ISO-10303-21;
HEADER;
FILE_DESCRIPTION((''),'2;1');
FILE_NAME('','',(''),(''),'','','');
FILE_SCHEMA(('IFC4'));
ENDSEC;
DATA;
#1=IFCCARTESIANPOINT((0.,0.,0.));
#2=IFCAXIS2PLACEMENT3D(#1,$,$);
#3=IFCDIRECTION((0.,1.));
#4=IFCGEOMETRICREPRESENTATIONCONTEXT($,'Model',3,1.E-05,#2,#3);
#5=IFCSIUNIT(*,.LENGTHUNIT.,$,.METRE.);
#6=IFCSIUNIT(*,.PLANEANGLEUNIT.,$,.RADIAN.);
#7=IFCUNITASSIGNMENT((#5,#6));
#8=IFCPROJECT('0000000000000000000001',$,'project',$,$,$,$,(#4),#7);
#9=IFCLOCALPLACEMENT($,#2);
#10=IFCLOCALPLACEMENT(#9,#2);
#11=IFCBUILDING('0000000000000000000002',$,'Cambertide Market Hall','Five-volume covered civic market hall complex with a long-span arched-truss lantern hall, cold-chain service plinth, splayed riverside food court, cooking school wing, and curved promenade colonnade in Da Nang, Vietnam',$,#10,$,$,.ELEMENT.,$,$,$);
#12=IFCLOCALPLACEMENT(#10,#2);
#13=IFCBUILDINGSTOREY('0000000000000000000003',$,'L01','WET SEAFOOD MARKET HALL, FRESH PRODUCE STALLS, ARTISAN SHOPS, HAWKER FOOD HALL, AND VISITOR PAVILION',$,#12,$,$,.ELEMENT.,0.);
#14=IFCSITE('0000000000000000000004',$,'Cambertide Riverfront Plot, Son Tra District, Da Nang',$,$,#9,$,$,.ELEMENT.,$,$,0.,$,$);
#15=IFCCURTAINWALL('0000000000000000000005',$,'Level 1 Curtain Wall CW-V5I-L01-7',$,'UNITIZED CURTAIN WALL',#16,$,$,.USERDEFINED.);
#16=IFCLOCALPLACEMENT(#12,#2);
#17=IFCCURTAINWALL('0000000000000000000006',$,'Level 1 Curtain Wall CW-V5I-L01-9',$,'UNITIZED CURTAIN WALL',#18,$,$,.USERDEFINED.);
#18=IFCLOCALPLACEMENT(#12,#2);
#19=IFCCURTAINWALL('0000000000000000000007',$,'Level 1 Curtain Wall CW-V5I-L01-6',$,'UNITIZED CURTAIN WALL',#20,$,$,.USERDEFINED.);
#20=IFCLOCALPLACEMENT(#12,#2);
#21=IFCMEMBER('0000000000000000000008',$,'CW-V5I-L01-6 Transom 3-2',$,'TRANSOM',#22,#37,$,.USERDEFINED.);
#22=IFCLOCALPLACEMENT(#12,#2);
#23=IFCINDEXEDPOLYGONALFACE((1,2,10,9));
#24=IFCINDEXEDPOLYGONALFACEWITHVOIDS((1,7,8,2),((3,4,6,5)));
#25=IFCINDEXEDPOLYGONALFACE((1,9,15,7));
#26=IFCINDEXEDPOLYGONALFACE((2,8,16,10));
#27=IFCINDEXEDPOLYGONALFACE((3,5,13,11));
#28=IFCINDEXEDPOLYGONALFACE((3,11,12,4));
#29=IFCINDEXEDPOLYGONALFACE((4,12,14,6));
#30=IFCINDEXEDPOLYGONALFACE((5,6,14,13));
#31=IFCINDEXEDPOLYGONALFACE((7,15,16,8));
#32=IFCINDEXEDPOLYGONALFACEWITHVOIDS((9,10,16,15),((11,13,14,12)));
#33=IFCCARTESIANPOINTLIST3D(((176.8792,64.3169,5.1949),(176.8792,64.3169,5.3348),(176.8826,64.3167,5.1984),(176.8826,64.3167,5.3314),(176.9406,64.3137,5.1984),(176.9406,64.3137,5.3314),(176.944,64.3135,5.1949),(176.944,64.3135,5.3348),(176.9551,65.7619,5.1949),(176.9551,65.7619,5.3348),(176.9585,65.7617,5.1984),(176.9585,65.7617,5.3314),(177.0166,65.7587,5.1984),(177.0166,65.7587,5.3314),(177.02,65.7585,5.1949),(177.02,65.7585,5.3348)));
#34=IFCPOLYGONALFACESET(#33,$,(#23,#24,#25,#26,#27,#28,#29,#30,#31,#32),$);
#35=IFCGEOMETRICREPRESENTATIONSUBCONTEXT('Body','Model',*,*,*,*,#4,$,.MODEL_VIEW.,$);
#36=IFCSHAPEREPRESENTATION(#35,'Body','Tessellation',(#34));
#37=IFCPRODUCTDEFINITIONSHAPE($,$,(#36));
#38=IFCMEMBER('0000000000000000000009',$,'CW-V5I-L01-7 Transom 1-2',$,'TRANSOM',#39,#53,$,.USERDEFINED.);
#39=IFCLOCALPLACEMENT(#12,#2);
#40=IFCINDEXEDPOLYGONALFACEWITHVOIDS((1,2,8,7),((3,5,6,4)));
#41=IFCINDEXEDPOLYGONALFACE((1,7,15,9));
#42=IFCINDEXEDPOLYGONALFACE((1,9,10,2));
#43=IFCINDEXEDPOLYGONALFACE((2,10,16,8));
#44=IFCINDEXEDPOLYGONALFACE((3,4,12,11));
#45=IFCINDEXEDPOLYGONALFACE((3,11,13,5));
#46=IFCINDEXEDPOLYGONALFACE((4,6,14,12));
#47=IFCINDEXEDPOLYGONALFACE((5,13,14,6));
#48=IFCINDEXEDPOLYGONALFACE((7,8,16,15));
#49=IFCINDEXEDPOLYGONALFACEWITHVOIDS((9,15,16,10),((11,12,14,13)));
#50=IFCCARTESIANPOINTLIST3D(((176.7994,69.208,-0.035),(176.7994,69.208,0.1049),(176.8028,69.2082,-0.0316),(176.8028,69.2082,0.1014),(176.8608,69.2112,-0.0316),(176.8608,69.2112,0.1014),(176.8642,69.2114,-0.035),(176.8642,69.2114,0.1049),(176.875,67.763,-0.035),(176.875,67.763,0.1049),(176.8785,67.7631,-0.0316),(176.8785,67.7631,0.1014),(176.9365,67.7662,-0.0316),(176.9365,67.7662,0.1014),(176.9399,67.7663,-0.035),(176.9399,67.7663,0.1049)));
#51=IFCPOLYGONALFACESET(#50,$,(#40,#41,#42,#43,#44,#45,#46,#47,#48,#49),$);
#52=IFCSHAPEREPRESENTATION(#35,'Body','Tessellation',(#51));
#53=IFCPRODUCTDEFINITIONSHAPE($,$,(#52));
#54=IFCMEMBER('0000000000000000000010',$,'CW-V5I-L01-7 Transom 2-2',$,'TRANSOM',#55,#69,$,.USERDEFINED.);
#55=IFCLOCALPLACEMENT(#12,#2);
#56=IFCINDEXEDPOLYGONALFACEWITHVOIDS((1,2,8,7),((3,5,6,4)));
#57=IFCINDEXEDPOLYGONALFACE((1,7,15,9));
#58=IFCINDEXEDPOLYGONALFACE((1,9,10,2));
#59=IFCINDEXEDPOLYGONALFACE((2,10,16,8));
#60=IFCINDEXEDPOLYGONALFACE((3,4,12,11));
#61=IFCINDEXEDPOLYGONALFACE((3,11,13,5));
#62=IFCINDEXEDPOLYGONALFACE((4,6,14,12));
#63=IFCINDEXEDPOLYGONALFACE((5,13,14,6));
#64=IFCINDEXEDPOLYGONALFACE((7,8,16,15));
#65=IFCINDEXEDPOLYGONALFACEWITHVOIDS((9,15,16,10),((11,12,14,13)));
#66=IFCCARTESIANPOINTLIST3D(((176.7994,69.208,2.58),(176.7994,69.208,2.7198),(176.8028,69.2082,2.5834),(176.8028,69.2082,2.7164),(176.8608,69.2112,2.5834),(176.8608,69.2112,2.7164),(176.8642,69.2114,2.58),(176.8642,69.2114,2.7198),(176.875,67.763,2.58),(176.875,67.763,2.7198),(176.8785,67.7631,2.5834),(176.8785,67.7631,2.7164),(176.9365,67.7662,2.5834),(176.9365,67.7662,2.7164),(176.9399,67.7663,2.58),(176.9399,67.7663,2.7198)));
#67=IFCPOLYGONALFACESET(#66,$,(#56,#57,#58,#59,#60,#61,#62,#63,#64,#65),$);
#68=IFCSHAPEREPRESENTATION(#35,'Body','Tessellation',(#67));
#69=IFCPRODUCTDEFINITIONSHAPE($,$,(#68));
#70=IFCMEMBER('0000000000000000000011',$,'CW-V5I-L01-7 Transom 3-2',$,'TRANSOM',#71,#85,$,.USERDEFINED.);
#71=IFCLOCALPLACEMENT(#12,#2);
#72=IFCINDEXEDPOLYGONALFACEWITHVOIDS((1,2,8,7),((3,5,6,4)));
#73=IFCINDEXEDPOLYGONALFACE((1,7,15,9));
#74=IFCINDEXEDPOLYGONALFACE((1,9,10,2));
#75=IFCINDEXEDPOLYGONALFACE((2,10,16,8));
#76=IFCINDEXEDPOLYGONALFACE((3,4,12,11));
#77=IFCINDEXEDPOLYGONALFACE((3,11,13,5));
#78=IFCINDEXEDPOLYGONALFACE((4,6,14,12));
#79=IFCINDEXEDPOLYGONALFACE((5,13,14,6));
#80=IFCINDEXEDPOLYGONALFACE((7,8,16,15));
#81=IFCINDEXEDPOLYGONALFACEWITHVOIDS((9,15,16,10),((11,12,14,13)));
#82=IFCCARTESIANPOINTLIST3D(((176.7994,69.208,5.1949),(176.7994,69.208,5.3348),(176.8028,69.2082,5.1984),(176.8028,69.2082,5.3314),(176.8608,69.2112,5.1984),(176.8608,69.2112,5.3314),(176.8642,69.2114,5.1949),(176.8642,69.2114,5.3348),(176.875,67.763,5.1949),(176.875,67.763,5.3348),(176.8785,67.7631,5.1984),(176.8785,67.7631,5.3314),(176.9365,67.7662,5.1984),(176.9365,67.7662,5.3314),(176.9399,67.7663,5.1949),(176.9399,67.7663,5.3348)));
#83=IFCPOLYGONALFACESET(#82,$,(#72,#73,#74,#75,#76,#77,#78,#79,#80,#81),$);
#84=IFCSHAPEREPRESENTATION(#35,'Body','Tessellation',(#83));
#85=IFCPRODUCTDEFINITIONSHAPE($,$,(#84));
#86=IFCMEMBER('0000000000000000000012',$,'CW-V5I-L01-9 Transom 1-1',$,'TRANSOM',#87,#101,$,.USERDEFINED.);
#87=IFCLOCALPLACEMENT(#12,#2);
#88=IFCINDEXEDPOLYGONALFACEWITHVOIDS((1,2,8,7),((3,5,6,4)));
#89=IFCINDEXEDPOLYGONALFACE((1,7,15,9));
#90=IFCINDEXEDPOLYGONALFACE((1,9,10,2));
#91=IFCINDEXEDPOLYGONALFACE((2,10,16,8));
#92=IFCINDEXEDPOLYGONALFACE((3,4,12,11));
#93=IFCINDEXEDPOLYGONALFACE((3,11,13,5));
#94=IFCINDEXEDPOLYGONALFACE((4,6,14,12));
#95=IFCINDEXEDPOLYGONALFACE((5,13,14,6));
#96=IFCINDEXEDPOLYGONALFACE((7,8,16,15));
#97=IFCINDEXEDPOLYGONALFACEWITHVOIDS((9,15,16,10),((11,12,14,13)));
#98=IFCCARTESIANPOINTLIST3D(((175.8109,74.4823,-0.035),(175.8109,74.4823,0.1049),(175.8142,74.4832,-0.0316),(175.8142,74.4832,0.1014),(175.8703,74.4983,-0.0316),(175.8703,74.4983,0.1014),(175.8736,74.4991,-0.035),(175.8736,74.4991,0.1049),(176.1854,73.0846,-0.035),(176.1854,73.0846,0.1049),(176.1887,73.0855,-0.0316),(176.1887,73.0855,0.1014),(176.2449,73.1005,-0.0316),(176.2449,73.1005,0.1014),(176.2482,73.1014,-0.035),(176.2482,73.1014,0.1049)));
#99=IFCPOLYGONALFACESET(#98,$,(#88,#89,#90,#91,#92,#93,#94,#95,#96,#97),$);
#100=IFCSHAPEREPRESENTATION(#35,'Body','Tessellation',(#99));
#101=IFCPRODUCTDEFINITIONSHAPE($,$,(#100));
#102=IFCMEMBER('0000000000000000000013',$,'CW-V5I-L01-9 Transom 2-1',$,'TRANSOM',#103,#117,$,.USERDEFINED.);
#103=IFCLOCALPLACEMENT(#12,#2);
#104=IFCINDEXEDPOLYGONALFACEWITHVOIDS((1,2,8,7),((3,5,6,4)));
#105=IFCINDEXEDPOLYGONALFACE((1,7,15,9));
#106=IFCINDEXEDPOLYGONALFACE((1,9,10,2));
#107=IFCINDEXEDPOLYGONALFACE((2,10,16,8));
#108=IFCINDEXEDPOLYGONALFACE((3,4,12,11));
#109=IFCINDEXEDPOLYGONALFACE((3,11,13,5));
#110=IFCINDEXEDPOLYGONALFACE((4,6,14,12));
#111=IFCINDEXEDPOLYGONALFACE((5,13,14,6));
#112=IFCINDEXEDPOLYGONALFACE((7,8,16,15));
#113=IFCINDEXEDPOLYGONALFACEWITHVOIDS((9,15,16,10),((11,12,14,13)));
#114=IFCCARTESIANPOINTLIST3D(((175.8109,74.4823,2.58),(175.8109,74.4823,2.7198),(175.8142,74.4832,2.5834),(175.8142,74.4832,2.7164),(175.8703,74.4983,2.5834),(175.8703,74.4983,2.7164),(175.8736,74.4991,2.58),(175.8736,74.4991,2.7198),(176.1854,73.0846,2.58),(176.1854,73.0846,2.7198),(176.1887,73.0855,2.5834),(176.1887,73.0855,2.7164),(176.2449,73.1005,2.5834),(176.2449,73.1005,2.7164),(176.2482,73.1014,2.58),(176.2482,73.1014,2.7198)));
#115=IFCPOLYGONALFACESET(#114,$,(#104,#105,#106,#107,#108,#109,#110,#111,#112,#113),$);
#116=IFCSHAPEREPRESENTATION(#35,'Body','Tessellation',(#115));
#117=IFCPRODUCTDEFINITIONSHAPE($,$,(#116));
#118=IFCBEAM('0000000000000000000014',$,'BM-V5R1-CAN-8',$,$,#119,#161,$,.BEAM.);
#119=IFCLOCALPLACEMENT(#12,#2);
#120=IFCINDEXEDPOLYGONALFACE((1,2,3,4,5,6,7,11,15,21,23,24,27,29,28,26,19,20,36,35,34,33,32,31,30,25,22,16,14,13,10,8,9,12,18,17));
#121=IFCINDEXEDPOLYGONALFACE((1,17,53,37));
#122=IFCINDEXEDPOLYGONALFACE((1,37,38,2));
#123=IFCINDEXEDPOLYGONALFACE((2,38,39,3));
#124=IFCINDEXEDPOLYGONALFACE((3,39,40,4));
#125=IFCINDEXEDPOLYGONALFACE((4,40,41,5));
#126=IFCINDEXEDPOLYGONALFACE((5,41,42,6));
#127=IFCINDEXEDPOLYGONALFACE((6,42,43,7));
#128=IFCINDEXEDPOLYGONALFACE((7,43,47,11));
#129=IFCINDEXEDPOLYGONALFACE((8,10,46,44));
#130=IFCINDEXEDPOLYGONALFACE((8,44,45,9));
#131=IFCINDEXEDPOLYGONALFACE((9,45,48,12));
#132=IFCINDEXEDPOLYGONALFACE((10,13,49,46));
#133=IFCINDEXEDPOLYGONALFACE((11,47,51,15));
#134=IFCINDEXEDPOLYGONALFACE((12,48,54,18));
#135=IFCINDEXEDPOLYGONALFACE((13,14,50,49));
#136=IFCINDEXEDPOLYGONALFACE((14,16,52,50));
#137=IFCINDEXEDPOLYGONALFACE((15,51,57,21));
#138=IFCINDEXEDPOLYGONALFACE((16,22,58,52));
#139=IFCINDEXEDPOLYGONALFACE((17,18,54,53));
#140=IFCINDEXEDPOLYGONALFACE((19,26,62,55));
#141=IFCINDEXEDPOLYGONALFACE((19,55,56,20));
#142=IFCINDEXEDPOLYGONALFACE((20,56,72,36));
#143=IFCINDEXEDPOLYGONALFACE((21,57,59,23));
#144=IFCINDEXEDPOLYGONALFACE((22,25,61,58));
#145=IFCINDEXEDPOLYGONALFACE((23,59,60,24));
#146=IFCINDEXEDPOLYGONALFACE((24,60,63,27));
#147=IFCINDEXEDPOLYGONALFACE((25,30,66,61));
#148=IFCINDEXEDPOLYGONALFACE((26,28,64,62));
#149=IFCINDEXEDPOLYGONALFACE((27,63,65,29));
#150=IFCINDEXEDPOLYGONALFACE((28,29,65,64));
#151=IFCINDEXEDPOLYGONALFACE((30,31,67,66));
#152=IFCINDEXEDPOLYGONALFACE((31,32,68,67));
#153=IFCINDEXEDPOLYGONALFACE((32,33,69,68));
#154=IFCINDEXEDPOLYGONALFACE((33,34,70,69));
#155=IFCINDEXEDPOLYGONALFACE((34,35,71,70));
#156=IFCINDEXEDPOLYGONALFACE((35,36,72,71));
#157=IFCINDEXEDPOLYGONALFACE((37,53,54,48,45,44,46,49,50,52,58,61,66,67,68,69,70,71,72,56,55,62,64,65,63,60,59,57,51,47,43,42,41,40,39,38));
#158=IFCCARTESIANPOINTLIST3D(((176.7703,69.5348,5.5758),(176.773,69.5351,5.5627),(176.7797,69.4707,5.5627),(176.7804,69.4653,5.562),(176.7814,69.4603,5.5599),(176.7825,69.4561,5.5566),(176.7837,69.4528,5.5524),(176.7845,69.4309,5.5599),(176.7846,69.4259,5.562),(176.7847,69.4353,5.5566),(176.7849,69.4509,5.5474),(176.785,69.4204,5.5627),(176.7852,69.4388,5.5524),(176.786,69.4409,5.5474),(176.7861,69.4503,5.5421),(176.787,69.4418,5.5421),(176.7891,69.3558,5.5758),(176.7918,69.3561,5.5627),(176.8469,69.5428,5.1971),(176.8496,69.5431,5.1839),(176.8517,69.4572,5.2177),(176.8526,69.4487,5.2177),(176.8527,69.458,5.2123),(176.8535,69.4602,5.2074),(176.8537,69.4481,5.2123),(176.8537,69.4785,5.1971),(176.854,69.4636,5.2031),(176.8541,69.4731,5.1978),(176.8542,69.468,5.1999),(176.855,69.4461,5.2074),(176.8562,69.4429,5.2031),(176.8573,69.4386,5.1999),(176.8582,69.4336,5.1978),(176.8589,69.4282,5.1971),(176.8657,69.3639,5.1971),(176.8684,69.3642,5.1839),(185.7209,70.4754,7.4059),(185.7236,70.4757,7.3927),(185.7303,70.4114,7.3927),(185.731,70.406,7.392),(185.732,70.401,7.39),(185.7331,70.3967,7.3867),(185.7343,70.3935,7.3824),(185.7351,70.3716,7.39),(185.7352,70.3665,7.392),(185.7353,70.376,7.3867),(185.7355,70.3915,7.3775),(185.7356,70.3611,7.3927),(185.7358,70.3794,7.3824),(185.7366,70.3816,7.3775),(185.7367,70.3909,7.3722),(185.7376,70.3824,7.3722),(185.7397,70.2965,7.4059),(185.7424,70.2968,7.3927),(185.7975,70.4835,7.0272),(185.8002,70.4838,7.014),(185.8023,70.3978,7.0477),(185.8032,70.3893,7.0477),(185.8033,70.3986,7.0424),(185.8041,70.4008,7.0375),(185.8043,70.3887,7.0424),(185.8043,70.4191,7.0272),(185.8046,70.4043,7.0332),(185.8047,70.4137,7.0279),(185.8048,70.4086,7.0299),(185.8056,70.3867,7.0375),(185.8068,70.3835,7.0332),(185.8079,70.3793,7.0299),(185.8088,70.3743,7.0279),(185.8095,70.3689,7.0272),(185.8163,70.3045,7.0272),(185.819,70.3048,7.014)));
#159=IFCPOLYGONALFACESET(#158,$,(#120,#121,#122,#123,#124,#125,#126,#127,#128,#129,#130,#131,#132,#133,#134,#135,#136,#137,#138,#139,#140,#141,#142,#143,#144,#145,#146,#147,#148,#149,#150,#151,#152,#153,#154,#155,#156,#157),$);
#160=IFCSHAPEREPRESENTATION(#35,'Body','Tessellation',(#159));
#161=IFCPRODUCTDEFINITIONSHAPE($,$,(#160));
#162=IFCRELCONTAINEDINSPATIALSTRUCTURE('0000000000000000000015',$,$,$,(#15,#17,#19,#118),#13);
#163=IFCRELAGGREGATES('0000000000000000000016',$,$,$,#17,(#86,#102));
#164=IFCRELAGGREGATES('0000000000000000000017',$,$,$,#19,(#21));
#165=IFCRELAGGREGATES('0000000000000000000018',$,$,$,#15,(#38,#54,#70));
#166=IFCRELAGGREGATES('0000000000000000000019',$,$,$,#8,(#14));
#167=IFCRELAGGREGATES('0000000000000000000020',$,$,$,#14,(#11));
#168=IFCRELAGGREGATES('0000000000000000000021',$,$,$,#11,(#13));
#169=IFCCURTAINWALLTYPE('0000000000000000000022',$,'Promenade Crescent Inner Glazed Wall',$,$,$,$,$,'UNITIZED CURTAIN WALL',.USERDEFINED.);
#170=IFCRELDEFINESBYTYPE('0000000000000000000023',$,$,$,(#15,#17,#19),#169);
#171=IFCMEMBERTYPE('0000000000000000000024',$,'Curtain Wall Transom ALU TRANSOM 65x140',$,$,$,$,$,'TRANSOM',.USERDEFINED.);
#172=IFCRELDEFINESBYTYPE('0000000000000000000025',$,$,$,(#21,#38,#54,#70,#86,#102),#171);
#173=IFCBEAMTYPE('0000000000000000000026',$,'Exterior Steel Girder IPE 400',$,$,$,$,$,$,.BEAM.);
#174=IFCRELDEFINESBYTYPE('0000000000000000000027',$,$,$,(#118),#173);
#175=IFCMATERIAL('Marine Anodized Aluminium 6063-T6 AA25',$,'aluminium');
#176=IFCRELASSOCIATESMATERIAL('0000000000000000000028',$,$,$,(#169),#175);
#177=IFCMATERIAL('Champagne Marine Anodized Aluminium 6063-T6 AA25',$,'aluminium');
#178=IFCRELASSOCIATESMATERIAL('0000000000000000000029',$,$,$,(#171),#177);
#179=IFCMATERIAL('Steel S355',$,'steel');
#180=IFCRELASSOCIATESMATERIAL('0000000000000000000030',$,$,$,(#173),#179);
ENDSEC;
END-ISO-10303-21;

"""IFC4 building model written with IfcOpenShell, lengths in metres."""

from ifc_helpers import new_model, si_unit, direction, frame, origin, origin_2d, place, context, subcontext, project, spatial, hollow_rectangle, i_section, extrude, material, material_profile, profile_set, type_object, element, aggregate, save


model = new_model("IFC4")

# Units and contexts
model_context = context("Model", 3, precision=1e-05, world=origin(), true_north=direction((0.0, 1.0)))
body_context = subcontext(model_context, "Body", "Model", "MODEL_VIEW")
ifc_project = project(units=[si_unit("LENGTHUNIT", "METRE"), si_unit("PLANEANGLEUNIT", "RADIAN")], contexts=[model_context])

# Site, building, storey
site_placement = place(None, origin())
site = spatial("IfcSite", under=ifc_project, at=site_placement, Name="Cambertide Riverfront Plot, Son Tra District, Da Nang", CompositionType="ELEMENT", RefElevation=0.0)
building_placement = place(site_placement, origin())
building = spatial("IfcBuilding", under=site, at=building_placement, Name="Cambertide Market Hall", Description="Five-volume covered civic market hall complex with a long-span arched-truss lantern hall, cold-chain service plinth, splayed riverside food court, cooking school wing, and curved promenade colonnade in Da Nang, Vietnam", CompositionType="ELEMENT")
storey_placement = place(building_placement, origin())
storey = spatial("IfcBuildingStorey", under=building, at=storey_placement, Name="L01", Description="WET SEAFOOD MARKET HALL, FRESH PRODUCE STALLS, ARTISAN SHOPS, HAWKER FOOD HALL, AND VISITOR PAVILION", CompositionType="ELEMENT", Elevation=0.0)

# Curtain wall
ifc_material_1 = material(Name="Marine Anodized Aluminium 6063-T6 AA25", Category="aluminium")
curtain_wall_type = type_object("IfcCurtainWallType", Name="Promenade Crescent Inner Glazed Wall", ElementType="UNITIZED CURTAIN WALL", PredefinedType="USERDEFINED", material=ifc_material_1)
curtain_wall_1_placement = place(storey_placement, origin())
curtain_wall_1 = element("IfcCurtainWall", 1, at=curtain_wall_1_placement, inside=storey, type_object=curtain_wall_type, Name="Level 1 Curtain Wall CW-V5I-L01-7", ObjectType="UNITIZED CURTAIN WALL", PredefinedType="USERDEFINED")

# Curtain wall
curtain_wall_2_placement = place(storey_placement, origin())
curtain_wall_2 = element("IfcCurtainWall", 2, at=curtain_wall_2_placement, inside=storey, type_object=curtain_wall_type, Name="Level 1 Curtain Wall CW-V5I-L01-9", ObjectType="UNITIZED CURTAIN WALL", PredefinedType="USERDEFINED")

# Curtain wall, member
curtain_wall_3_placement = place(storey_placement, origin())
curtain_wall_3 = element("IfcCurtainWall", 3, at=curtain_wall_3_placement, inside=storey, type_object=curtain_wall_type, Name="Level 1 Curtain Wall CW-V5I-L01-6", ObjectType="UNITIZED CURTAIN WALL", PredefinedType="USERDEFINED")
ifc_material_2 = material(Name="Champagne Marine Anodized Aluminium 6063-T6 AA25", Category="aluminium")
ifc_material_profile_1 = material_profile(ifc_material_2, hollow_rectangle(XDim=0.0649, YDim=0.1399, WallThickness=0.0034, at=origin_2d()), Name="ALU TRANSOM 65x140")
ifc_profile_set_1 = profile_set([ifc_material_profile_1], Name="Champagne Marine Anodized Aluminium 6063-T6 AA25")
member_type_1 = type_object("IfcMemberType", Name="Curtain Wall Transom ALU TRANSOM 65x140", ElementType="TRANSOM", PredefinedType="USERDEFINED", material=ifc_profile_set_1)
member_1_placement = place(storey_placement, frame((176.9116, 64.3152, 5.2649), z_axis=(0.05247, 0.998622, 0.0), x_axis=(-0.998622, 0.05247, 0.0)))
member_1 = element("IfcMember", 4, at=member_1_placement, type_object=member_type_1, Name="CW-V5I-L01-6 Transom 3-2", ObjectType="TRANSOM", PredefinedType="USERDEFINED", context=body_context, shape_type="SweptSolid", body=[
    extrude(hollow_rectangle(XDim=0.0649, YDim=0.1399, WallThickness=0.0034, at=origin_2d()), origin(), (0.0, 0.0, 1.0), 1.447),
])

# Members
member_2_placement = place(storey_placement, frame((176.9075, 67.7646, 0.0349), z_axis=(-0.052302, 0.998631, 0.0), x_axis=(-0.998631, -0.052302, 0.0)))
member_2 = element("IfcMember", 5, at=member_2_placement, type_object=member_type_1, Name="CW-V5I-L01-7 Transom 1-2", ObjectType="TRANSOM", PredefinedType="USERDEFINED", context=body_context, shape_type="SweptSolid", body=[
    extrude(hollow_rectangle(XDim=0.0649, YDim=0.1399, WallThickness=0.0034, at=origin_2d()), origin(), (0.0, 0.0, 1.0), 1.447),
])
member_3_placement = place(storey_placement, frame((176.9075, 67.7646, 2.6499), z_axis=(-0.052302, 0.998631, 0.0), x_axis=(-0.998631, -0.052302, 0.0)))
member_3 = element("IfcMember", 6, at=member_3_placement, type_object=member_type_1, Name="CW-V5I-L01-7 Transom 2-2", ObjectType="TRANSOM", PredefinedType="USERDEFINED", context=body_context, shape_type="SweptSolid", body=[
    extrude(hollow_rectangle(XDim=0.0649, YDim=0.1399, WallThickness=0.0034, at=origin_2d()), origin(), (0.0, 0.0, 1.0), 1.447),
])
member_4_placement = place(storey_placement, frame((176.9075, 67.7646, 5.2649), z_axis=(-0.052302, 0.998631, 0.0), x_axis=(-0.998631, -0.052302, 0.0)))
member_4 = element("IfcMember", 7, at=member_4_placement, type_object=member_type_1, Name="CW-V5I-L01-7 Transom 3-2", ObjectType="TRANSOM", PredefinedType="USERDEFINED", context=body_context, shape_type="SweptSolid", body=[
    extrude(hollow_rectangle(XDim=0.0649, YDim=0.1399, WallThickness=0.0034, at=origin_2d()), origin(), (0.0, 0.0, 1.0), 1.447),
])
member_5_placement = place(storey_placement, frame((176.2168, 73.093, 0.0349), z_axis=(-0.258818, 0.965926, 0.0), x_axis=(-0.965926, -0.258818, 0.0)))
member_5 = element("IfcMember", 8, at=member_5_placement, type_object=member_type_1, Name="CW-V5I-L01-9 Transom 1-1", ObjectType="TRANSOM", PredefinedType="USERDEFINED", context=body_context, shape_type="SweptSolid", body=[
    extrude(hollow_rectangle(XDim=0.0649, YDim=0.1399, WallThickness=0.0034, at=origin_2d()), origin(), (0.0, 0.0, 1.0), 1.447),
])
member_6_placement = place(storey_placement, frame((176.2168, 73.093, 2.6499), z_axis=(-0.258818, 0.965926, 0.0), x_axis=(-0.965926, -0.258818, 0.0)))
member_6 = element("IfcMember", 9, at=member_6_placement, type_object=member_type_1, Name="CW-V5I-L01-9 Transom 2-1", ObjectType="TRANSOM", PredefinedType="USERDEFINED", context=body_context, shape_type="SweptSolid", body=[
    extrude(hollow_rectangle(XDim=0.0649, YDim=0.1399, WallThickness=0.0034, at=origin_2d()), origin(), (0.0, 0.0, 1.0), 1.447),
])
aggregate(curtain_wall_2, [member_5, member_6])

# Beam
ifc_material_3 = material(Name="Steel S355", Category="steel")
ifc_material_profile_2 = material_profile(ifc_material_3, i_section(OverallWidth=0.1799, OverallDepth=0.3999, WebThickness=0.0085, FlangeThickness=0.0134, FilletRadius=0.021, at=origin_2d()), Name="IPE 400")
ifc_profile_set_2 = profile_set([ifc_material_profile_2], Name="Steel S355")
beam_type_1 = type_object("IfcBeamType", Name="Exterior Steel Girder IPE 400", PredefinedType="BEAM", material=ifc_profile_set_2)
beam_1_placement = place(storey_placement, frame((176.8193, 69.4495, 5.3799), z_axis=(0.974578, 0.102424, 0.199265), x_axis=(-0.10452, 0.994523, 0.0)))
element("IfcBeam", 10, at=beam_1_placement, inside=storey, type_object=beam_type_1, Name="BM-V5R1-CAN-8", PredefinedType="BEAM", context=body_context, shape_type="SweptSolid", body=[
    extrude(i_section(OverallWidth=0.1799, OverallDepth=0.3999, WebThickness=0.0085, FlangeThickness=0.0134, FilletRadius=0.021, at=origin_2d()), origin(), (0.0, 0.0, 1.0), 9.1841),
])

aggregate(curtain_wall_3, [member_1])
aggregate(curtain_wall_1, [member_2, member_3, member_4])

save(model, "model.ifc")
